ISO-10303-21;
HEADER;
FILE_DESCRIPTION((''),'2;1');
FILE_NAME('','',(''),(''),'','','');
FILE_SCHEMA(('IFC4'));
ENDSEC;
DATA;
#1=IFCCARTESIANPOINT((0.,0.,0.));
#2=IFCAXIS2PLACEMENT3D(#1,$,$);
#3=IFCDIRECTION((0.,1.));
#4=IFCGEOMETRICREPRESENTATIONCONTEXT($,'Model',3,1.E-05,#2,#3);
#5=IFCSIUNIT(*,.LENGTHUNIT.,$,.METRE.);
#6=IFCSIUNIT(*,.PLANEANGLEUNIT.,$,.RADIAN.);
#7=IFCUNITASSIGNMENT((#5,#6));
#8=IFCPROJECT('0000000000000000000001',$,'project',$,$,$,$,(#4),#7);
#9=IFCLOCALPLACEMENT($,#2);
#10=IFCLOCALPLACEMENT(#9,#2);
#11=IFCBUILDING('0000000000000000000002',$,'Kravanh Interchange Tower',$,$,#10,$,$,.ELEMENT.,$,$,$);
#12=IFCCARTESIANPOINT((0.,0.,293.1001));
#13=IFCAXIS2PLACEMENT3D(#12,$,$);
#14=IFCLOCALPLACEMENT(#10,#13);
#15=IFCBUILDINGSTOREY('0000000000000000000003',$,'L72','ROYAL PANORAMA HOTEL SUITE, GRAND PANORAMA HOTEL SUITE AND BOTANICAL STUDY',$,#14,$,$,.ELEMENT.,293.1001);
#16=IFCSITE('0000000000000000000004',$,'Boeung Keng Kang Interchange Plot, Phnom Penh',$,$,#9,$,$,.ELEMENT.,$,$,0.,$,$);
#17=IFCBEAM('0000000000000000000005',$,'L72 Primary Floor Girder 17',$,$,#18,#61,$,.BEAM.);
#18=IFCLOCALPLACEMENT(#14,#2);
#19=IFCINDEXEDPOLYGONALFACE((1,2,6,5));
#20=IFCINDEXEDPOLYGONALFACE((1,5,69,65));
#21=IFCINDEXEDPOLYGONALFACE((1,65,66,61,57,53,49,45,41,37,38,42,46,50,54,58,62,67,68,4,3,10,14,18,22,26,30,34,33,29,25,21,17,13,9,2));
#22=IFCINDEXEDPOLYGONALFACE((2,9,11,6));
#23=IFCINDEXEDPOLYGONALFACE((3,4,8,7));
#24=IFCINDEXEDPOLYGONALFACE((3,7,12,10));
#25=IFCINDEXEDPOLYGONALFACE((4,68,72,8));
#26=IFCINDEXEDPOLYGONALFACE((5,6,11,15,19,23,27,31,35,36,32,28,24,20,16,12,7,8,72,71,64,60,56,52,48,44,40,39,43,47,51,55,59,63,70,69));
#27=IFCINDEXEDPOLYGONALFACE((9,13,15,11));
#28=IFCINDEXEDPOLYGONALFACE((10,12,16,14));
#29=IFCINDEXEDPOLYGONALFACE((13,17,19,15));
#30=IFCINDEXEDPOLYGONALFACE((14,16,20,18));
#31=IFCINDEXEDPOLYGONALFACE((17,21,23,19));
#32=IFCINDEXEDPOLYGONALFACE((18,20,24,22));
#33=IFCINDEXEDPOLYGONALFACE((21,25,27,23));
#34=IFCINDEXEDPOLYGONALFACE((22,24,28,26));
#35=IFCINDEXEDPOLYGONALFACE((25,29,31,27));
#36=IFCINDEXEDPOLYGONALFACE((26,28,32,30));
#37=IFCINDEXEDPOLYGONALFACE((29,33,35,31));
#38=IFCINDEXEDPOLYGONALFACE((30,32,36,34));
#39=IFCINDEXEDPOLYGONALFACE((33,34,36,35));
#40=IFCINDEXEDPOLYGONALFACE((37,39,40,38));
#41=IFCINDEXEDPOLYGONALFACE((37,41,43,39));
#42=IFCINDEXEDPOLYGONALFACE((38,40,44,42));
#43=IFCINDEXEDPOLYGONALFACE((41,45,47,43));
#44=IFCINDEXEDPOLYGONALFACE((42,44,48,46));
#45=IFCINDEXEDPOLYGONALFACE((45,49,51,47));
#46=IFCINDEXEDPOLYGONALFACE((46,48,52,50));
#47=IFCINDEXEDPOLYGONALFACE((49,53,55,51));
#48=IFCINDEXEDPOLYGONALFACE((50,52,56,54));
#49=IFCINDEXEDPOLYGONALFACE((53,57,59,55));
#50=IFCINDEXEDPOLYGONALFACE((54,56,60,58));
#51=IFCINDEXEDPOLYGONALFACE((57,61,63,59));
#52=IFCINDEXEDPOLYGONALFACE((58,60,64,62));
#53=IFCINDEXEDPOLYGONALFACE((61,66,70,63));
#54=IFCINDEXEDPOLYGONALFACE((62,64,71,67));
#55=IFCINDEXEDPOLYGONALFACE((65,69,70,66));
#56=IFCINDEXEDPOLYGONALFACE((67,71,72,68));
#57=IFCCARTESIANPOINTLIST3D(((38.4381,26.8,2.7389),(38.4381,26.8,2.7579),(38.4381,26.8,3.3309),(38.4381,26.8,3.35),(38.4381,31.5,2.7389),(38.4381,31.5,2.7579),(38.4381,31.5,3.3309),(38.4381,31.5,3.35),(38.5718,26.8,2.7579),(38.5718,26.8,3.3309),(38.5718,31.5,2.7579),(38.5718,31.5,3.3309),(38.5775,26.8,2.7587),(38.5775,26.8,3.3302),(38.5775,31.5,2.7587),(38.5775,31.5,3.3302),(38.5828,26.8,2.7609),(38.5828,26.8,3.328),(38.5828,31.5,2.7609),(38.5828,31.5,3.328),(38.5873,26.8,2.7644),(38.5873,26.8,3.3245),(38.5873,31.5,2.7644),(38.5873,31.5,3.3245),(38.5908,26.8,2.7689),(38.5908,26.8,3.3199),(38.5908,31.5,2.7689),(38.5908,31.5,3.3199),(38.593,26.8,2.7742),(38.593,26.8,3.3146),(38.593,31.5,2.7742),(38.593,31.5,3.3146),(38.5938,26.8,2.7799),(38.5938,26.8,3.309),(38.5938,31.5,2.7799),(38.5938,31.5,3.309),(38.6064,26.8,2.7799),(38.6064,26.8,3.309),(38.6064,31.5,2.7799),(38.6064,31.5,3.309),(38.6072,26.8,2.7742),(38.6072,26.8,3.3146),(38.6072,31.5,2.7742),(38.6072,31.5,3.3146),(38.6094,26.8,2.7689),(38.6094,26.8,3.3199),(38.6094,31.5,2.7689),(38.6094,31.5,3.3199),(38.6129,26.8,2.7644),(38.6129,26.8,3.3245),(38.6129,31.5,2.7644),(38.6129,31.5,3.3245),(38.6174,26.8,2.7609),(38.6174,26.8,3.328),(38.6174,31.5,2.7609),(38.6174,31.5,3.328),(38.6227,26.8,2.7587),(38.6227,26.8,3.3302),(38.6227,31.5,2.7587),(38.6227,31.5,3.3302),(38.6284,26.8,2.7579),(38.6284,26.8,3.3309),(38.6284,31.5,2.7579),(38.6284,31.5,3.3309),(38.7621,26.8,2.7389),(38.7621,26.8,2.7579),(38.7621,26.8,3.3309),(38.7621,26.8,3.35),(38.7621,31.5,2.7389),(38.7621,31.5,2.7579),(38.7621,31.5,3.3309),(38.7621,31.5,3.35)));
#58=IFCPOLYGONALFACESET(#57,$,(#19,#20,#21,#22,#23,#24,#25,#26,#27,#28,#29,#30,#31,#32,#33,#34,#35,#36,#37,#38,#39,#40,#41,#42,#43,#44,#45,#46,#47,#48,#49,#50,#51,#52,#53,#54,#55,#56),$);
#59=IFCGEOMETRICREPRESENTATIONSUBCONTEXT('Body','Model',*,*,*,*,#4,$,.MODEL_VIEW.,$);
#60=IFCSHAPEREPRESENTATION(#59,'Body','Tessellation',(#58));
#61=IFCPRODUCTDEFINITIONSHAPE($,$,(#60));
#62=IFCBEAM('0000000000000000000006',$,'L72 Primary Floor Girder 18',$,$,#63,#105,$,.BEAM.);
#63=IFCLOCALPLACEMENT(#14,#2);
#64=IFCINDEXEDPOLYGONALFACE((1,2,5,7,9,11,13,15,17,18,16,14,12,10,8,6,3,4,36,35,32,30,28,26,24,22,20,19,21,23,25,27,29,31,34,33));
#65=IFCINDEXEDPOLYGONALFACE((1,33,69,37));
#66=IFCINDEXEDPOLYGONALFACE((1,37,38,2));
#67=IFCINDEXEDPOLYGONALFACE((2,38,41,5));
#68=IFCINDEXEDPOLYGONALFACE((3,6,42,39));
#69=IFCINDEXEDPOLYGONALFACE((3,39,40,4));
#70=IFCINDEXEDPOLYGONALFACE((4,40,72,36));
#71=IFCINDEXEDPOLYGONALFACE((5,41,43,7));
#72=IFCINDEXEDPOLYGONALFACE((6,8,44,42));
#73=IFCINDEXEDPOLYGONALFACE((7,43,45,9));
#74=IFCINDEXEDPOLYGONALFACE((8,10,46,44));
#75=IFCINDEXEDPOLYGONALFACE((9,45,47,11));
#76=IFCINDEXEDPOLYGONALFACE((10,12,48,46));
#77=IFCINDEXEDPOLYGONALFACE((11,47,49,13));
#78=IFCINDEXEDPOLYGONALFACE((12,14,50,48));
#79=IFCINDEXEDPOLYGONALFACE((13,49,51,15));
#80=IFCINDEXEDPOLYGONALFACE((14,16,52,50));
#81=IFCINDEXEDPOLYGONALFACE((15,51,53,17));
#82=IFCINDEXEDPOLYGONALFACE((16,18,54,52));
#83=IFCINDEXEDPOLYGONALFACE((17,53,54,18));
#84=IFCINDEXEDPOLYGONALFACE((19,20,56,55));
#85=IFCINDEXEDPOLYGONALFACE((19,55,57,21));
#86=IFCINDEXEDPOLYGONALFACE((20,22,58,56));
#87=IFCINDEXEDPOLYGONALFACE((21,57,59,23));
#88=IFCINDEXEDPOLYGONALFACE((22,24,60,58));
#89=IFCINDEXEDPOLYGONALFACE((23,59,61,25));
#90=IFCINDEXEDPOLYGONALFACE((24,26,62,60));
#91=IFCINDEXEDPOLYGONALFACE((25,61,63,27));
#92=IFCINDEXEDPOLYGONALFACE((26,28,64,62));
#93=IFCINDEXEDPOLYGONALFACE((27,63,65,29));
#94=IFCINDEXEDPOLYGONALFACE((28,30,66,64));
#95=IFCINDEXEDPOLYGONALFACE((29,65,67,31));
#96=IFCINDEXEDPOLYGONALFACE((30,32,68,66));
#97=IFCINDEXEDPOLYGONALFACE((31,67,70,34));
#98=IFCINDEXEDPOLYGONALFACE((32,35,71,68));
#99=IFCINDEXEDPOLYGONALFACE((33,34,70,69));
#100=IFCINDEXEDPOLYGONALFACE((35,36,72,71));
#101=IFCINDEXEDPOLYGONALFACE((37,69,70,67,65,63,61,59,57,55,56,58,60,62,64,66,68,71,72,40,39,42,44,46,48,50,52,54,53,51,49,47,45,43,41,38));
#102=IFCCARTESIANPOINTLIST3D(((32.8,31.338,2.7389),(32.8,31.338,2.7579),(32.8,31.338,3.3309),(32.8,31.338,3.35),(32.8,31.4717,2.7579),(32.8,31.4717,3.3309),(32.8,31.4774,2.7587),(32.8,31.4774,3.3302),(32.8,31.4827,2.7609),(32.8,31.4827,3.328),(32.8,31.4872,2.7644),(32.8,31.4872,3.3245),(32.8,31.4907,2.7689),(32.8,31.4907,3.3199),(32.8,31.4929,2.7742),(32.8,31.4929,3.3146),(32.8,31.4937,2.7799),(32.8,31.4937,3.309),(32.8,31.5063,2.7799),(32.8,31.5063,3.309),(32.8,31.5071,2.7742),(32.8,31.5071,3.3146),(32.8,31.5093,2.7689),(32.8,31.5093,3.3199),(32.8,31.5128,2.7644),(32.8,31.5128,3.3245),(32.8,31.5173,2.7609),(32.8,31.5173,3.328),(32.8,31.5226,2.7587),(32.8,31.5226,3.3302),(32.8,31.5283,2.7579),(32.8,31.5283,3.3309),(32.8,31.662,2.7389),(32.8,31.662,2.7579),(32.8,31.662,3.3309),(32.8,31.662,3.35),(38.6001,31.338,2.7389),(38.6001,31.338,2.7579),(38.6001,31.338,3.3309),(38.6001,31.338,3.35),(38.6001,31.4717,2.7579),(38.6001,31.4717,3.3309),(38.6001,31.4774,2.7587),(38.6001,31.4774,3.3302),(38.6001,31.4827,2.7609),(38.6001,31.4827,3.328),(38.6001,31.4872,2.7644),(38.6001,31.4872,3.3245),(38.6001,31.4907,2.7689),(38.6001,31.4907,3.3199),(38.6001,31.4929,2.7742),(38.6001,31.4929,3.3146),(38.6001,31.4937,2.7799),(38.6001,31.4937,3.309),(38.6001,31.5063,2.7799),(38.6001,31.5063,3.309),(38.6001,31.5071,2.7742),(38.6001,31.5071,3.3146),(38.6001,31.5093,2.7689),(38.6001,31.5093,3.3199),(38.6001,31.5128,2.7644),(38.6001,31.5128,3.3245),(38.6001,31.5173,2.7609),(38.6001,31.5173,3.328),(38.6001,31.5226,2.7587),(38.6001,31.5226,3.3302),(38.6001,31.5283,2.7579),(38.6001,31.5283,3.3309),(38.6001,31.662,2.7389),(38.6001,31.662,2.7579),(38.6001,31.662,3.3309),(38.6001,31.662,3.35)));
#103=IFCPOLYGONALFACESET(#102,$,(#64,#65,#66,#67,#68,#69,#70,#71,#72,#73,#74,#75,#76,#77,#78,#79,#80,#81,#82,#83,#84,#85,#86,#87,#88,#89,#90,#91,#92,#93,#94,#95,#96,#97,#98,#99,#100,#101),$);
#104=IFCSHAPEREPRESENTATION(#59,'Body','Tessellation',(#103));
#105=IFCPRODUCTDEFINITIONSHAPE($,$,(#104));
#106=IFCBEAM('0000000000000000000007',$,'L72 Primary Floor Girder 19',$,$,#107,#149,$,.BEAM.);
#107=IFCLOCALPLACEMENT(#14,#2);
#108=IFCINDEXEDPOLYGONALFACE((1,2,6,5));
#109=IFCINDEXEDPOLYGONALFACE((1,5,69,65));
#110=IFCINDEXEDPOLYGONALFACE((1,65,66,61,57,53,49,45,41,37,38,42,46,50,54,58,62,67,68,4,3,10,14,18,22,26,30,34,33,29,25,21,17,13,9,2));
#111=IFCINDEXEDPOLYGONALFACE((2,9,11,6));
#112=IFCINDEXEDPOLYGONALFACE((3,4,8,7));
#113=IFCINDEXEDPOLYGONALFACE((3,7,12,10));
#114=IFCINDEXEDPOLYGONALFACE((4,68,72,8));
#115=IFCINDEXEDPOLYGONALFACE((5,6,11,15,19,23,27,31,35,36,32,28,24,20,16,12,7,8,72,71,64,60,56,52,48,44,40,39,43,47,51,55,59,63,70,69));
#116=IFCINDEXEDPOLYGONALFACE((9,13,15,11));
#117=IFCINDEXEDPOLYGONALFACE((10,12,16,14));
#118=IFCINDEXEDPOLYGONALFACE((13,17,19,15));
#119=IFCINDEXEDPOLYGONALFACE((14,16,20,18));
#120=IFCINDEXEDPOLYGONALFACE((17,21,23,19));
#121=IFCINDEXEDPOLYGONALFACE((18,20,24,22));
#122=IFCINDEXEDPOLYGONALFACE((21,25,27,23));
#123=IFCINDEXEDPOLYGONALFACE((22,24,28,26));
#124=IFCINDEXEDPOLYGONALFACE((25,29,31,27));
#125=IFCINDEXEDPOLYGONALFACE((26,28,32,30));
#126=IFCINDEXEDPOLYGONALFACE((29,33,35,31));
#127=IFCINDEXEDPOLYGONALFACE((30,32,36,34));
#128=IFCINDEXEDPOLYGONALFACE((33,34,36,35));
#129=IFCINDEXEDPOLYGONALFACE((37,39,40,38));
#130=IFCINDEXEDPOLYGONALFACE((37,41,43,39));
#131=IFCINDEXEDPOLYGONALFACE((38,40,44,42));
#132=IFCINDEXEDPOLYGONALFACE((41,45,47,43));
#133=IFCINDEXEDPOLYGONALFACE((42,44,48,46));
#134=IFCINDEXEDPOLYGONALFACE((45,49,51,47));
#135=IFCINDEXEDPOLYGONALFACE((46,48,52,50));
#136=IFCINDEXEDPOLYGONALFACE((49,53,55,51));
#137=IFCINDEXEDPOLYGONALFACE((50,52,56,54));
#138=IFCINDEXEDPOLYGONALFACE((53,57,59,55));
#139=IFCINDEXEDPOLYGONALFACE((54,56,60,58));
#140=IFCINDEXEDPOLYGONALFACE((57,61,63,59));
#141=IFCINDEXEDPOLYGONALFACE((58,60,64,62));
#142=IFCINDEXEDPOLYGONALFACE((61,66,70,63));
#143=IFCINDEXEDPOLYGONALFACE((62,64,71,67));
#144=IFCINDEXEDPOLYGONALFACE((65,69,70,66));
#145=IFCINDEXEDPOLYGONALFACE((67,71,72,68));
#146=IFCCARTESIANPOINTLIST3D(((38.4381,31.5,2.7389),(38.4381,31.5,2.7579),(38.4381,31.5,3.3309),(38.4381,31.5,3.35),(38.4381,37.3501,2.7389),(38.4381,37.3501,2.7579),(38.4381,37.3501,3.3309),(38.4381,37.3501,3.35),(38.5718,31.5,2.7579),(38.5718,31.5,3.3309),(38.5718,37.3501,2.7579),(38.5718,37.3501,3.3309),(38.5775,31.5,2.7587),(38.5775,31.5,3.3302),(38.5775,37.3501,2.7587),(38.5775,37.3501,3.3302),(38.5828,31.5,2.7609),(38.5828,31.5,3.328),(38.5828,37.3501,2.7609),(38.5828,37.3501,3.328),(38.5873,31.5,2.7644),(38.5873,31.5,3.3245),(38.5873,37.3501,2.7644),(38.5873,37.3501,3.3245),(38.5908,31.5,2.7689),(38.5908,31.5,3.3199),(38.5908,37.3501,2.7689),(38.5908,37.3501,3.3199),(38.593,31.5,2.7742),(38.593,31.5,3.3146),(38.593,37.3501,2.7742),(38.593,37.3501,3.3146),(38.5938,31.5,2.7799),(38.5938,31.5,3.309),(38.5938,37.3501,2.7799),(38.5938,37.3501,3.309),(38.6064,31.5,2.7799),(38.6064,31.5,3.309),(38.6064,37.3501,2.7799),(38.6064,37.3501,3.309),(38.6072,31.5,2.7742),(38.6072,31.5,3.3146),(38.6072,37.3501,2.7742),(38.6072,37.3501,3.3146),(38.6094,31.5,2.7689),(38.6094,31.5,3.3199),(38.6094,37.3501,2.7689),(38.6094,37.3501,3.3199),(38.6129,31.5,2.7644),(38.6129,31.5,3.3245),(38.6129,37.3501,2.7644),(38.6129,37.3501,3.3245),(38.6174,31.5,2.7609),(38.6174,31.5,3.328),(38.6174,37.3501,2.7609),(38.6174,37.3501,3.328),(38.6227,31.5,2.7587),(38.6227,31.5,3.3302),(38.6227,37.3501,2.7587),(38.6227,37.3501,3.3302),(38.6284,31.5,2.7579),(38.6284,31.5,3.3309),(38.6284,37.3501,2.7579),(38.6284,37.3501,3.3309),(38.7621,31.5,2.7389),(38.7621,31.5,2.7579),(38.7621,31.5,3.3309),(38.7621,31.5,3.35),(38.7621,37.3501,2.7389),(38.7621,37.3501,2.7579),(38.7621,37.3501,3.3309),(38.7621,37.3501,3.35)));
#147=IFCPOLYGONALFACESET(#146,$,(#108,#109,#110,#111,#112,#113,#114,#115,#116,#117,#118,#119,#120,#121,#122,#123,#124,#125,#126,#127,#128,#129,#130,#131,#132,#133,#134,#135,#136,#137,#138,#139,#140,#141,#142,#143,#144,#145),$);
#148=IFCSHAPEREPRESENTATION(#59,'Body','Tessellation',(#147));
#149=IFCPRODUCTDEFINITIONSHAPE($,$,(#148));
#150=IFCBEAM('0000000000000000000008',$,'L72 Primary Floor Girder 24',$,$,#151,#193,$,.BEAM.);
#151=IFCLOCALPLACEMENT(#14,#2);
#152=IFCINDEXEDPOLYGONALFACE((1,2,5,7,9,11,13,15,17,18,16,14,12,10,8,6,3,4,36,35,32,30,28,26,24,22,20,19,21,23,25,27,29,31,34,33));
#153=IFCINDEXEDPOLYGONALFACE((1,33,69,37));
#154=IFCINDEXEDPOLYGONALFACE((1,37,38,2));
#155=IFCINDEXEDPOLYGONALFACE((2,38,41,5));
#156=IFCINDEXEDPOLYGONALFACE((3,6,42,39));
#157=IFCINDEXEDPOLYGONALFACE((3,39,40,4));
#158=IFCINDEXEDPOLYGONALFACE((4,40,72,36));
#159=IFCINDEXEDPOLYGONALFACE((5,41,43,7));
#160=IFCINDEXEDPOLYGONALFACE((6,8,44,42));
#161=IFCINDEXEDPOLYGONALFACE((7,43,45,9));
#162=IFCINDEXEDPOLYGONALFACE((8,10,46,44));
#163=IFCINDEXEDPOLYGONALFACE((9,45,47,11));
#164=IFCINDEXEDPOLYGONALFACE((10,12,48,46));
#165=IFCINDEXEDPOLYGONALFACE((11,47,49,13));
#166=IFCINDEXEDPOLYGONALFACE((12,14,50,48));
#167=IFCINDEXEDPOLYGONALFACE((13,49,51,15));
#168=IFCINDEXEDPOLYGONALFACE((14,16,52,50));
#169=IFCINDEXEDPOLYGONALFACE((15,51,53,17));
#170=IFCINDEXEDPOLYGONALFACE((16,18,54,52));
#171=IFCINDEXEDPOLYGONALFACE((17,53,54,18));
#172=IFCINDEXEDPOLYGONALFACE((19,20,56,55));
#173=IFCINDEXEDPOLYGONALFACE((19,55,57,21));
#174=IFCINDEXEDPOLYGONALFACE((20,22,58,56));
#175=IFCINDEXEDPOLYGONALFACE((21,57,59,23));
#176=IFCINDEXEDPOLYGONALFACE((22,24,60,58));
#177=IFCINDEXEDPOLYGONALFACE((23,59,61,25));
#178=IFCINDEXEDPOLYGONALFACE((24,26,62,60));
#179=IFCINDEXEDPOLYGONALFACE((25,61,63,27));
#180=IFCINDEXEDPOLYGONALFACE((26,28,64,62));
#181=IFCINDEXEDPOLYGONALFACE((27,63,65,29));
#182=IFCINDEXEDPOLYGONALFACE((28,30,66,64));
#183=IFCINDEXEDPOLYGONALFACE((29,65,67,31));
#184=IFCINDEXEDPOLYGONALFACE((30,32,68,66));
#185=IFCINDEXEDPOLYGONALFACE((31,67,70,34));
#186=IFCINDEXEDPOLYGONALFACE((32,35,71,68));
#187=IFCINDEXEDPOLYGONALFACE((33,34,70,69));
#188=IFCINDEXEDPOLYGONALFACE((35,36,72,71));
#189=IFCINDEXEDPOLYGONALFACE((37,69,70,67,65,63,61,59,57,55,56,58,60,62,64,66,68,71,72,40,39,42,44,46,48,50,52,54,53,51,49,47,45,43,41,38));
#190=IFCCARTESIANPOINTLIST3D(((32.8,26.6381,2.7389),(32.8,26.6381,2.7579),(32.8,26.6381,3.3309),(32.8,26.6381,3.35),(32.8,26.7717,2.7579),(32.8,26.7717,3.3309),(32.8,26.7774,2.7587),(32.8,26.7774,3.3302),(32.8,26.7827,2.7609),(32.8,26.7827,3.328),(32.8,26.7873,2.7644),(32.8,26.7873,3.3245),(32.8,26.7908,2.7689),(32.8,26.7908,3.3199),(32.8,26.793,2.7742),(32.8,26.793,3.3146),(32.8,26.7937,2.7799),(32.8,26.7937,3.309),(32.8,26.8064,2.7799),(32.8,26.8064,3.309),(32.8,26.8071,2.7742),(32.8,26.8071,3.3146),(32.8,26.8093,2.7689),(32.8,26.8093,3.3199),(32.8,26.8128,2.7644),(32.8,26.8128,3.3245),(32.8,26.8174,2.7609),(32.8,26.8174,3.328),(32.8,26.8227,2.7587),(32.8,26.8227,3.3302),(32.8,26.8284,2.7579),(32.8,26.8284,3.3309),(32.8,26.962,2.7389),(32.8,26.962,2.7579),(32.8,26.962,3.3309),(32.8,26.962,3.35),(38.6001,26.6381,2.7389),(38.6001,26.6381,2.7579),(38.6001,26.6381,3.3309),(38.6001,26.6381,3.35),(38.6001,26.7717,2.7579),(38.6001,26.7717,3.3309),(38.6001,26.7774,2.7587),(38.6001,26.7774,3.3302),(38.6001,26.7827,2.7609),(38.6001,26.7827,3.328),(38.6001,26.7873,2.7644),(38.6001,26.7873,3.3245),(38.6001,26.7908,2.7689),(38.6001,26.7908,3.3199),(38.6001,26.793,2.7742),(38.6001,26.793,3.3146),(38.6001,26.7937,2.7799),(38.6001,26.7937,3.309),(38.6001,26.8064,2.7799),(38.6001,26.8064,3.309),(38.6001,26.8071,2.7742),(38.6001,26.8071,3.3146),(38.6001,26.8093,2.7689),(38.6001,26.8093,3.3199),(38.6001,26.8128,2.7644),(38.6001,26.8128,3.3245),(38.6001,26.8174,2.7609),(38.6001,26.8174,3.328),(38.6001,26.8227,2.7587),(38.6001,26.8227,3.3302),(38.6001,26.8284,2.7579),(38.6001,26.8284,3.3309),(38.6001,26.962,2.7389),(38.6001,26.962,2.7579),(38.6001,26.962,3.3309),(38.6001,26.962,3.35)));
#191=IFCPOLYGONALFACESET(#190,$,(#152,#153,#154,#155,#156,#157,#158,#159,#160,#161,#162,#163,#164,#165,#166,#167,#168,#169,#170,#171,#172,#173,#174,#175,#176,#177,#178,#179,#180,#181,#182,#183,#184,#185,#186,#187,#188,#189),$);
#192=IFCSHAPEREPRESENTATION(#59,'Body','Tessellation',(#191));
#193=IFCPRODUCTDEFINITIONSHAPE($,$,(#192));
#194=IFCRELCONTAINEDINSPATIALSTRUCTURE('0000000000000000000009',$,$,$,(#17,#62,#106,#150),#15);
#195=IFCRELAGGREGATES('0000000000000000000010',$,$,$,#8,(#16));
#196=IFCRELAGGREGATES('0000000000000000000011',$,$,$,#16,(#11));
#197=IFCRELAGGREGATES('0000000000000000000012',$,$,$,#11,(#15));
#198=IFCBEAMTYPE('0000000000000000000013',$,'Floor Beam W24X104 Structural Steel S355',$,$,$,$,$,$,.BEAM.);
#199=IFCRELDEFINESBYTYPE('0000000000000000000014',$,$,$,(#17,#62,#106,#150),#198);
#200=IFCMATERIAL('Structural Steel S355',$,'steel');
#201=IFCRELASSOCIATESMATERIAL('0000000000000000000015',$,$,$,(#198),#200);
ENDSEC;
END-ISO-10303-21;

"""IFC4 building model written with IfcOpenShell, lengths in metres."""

from ifc_helpers import new_model, si_unit, direction, frame, origin, origin_2d, place, context, subcontext, project, spatial, i_section, extrude, material, material_profile, profile_set, type_object, element, save


model = new_model("IFC4")

# Units and contexts
model_context = context("Model", 3, precision=1e-05, world=origin(), true_north=direction((0.0, 1.0)))
body_context = subcontext(model_context, "Body", "Model", "MODEL_VIEW")
ifc_project = project(units=[si_unit("LENGTHUNIT", "METRE"), si_unit("PLANEANGLEUNIT", "RADIAN")], contexts=[model_context])

# Site, building, storey
site_placement = place(None, origin())
site = spatial("IfcSite", under=ifc_project, at=site_placement, Name="Boeung Keng Kang Interchange Plot, Phnom Penh", CompositionType="ELEMENT", RefElevation=0.0)
building_placement = place(site_placement, origin())
building = spatial("IfcBuilding", under=site, at=building_placement, Name="Kravanh Interchange Tower", CompositionType="ELEMENT")
storey_placement = place(building_placement, frame((0.0, 0.0, 293.1001)))
storey = spatial("IfcBuildingStorey", under=building, at=storey_placement, Name="L72", Description="ROYAL PANORAMA HOTEL SUITE, GRAND PANORAMA HOTEL SUITE AND BOTANICAL STUDY", CompositionType="ELEMENT", Elevation=293.1001)

# Beams
ifc_material_1 = material(Name="Structural Steel S355", Category="steel")
ifc_material_profile_1 = material_profile(ifc_material_1, i_section(OverallWidth=0.324, OverallDepth=0.6111, WebThickness=0.0127, FlangeThickness=0.019, FilletRadius=0.022, at=origin_2d()), Name="W24X104")
ifc_profile_set_1 = profile_set([ifc_material_profile_1], Name="Structural Steel S355")
beam_type_1 = type_object("IfcBeamType", Name="Floor Beam W24X104 Structural Steel S355", PredefinedType="BEAM", material=ifc_profile_set_1)
beam_1_placement = place(storey_placement, frame((38.6001, 31.5, 3.0444), z_axis=(0.0, -1.0, 0.0), x_axis=(1.0, 0.0, 0.0)))
element("IfcBeam", 1, at=beam_1_placement, inside=storey, type_object=beam_type_1, Name="L72 Primary Floor Girder 17", PredefinedType="BEAM", context=body_context, shape_type="SweptSolid", body=[
    extrude(i_section(OverallWidth=0.324, OverallDepth=0.6111, WebThickness=0.0127, FlangeThickness=0.019, FilletRadius=0.022, at=origin_2d()), origin(), (0.0, 0.0, 1.0), 4.7),
])
beam_2_placement = place(storey_placement, frame((38.6001, 31.5, 3.0444), z_axis=(-1.0, 0.0, 0.0), x_axis=(0.0, -1.0, 0.0)))
element("IfcBeam", 2, at=beam_2_placement, inside=storey, type_object=beam_type_1, Name="L72 Primary Floor Girder 18", PredefinedType="BEAM", context=body_context, shape_type="SweptSolid", body=[
    extrude(i_section(OverallWidth=0.324, OverallDepth=0.6111, WebThickness=0.0127, FlangeThickness=0.019, FilletRadius=0.022, at=origin_2d()), origin(), (0.0, 0.0, 1.0), 5.8),
])
beam_3_placement = place(storey_placement, frame((38.6001, 31.5, 3.0444), z_axis=(0.0, 1.0, 0.0), x_axis=(-1.0, 0.0, 0.0)))
element("IfcBeam", 3, at=beam_3_placement, inside=storey, type_object=beam_type_1, Name="L72 Primary Floor Girder 19", PredefinedType="BEAM", context=body_context, shape_type="SweptSolid", body=[
    extrude(i_section(OverallWidth=0.324, OverallDepth=0.6111, WebThickness=0.0127, FlangeThickness=0.019, FilletRadius=0.022, at=origin_2d()), origin(), (0.0, 0.0, 1.0), 5.8501),
])
beam_4_placement = place(storey_placement, frame((38.6001, 26.8, 3.0444), z_axis=(-1.0, 0.0, 0.0), x_axis=(0.0, -1.0, 0.0)))
element("IfcBeam", 4, at=beam_4_placement, inside=storey, type_object=beam_type_1, Name="L72 Primary Floor Girder 24", PredefinedType="BEAM", context=body_context, shape_type="SweptSolid", body=[
    extrude(i_section(OverallWidth=0.324, OverallDepth=0.6111, WebThickness=0.0127, FlangeThickness=0.019, FilletRadius=0.022, at=origin_2d()), origin(), (0.0, 0.0, 1.0), 5.8),
])

save(model, "model.ifc")
